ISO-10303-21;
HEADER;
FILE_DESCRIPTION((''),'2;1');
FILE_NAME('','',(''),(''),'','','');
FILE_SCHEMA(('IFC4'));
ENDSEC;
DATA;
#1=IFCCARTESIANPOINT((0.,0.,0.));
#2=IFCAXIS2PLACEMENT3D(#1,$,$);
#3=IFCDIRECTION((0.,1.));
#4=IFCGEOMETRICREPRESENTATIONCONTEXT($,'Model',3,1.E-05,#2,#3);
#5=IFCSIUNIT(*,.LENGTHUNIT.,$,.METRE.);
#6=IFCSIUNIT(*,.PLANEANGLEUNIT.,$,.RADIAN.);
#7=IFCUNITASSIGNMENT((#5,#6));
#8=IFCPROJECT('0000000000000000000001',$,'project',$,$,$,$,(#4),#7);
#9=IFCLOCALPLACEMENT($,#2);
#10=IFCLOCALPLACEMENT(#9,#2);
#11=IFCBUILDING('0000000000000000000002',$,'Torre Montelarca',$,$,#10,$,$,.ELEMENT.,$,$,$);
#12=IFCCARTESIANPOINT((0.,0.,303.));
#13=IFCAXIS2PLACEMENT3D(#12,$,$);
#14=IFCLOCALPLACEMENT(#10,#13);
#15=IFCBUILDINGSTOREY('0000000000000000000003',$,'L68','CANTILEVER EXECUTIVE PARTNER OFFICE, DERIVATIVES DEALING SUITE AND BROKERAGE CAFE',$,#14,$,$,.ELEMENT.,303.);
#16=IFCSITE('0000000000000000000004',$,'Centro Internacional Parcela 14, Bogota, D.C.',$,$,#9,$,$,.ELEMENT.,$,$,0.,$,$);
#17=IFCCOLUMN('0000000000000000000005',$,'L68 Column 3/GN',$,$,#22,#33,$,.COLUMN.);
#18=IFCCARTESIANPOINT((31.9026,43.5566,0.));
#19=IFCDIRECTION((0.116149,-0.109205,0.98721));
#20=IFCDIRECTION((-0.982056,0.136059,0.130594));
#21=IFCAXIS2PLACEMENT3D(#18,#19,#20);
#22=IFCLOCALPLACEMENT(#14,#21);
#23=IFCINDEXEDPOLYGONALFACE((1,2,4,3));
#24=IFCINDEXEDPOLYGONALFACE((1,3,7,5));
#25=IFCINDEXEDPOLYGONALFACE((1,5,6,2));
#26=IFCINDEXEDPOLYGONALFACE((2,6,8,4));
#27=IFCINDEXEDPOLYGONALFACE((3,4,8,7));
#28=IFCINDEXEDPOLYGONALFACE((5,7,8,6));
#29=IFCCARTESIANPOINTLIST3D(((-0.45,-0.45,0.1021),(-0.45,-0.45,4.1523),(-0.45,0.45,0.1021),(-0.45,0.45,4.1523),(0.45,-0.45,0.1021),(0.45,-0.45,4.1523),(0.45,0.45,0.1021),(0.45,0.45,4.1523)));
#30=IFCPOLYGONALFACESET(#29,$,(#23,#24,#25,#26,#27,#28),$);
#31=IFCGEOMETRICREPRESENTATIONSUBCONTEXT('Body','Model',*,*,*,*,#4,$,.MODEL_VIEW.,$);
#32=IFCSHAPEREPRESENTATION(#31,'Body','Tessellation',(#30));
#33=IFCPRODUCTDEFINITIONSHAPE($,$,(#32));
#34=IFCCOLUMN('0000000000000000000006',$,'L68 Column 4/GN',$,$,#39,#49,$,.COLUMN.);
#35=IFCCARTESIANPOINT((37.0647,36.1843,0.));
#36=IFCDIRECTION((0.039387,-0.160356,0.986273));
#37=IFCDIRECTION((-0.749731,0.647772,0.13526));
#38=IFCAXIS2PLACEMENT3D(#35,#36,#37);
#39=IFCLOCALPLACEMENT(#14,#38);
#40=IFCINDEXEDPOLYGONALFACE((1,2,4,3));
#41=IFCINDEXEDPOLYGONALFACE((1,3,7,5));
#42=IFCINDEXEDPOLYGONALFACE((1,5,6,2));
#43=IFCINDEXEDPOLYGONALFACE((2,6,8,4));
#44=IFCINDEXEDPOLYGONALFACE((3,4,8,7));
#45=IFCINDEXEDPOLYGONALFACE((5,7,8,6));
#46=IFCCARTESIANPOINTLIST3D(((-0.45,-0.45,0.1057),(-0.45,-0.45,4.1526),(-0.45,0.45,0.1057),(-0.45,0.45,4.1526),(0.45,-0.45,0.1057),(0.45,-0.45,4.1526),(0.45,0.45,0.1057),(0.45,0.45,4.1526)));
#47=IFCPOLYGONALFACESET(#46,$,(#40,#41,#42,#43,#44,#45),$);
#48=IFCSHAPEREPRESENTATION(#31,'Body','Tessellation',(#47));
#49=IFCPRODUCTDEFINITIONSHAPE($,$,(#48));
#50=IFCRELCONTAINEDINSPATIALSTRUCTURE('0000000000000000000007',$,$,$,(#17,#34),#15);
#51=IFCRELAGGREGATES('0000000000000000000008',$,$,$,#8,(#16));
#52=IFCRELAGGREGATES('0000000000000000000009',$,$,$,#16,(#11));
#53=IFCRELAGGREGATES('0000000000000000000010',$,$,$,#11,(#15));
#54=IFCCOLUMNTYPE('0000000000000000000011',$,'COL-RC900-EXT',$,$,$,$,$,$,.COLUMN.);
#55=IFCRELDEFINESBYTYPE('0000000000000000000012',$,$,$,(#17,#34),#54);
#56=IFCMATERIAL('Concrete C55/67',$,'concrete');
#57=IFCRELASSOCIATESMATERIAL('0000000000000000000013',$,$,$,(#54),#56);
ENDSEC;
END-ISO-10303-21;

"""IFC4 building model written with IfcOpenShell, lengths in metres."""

from ifc_helpers import new_model, si_unit, direction, frame, origin, origin_2d, place, context, subcontext, project, spatial, rectangle, extrude, clip, halfspace, material, material_profile, profile_set, type_object, element, save


model = new_model("IFC4")

# Units and contexts
model_context = context("Model", 3, precision=1e-05, world=origin(), true_north=direction((0.0, 1.0)))
body_context = subcontext(model_context, "Body", "Model", "MODEL_VIEW")
ifc_project = project(units=[si_unit("LENGTHUNIT", "METRE"), si_unit("PLANEANGLEUNIT", "RADIAN")], contexts=[model_context])

# Site, building, storey
site_placement = place(None, origin())
site = spatial("IfcSite", under=ifc_project, at=site_placement, Name="Centro Internacional Parcela 14, Bogota, D.C.", CompositionType="ELEMENT", RefElevation=0.0)
building_placement = place(site_placement, origin())
building = spatial("IfcBuilding", under=site, at=building_placement, Name="Torre Montelarca", CompositionType="ELEMENT")
storey_placement = place(building_placement, frame((0.0, 0.0, 303.0)))
storey = spatial("IfcBuildingStorey", under=building, at=storey_placement, Name="L68", Description="CANTILEVER EXECUTIVE PARTNER OFFICE, DERIVATIVES DEALING SUITE AND BROKERAGE CAFE", CompositionType="ELEMENT", Elevation=303.0)

# Columns
ifc_material_1 = material(Name="Concrete C55/67", Category="concrete")
ifc_material_profile_1 = material_profile(ifc_material_1, rectangle(XDim=0.8999, YDim=0.8999, at=origin_2d()), Name="RC900X900", Category="concrete")
ifc_profile_set_1 = profile_set([ifc_material_profile_1], Name="Concrete C55/67")
column_type_1 = type_object("IfcColumnType", Name="COL-RC900-EXT", PredefinedType="COLUMN", material=ifc_profile_set_1)
column_1_placement = place(storey_placement, frame((31.9026, 43.5566, 0.0), z_axis=(0.116149, -0.109205, 0.98721), x_axis=(-0.982056, 0.136059, 0.130594)))
element("IfcColumn", 1, at=column_1_placement, inside=storey, type_object=column_type_1, Name="L68 Column 3/GN", PredefinedType="COLUMN", context=body_context, shape_type="Clipping", body=[
    clip(clip(extrude(rectangle(XDim=0.8999, YDim=0.8999, at=origin_2d()), origin(), (0.0, 0.0, 1.0), 4.2544), halfspace(frame((0.0, 0.0, 0.1021), z_axis=(0.0, 0.0, -1.0), x_axis=(1.0, 0.0, 0.0)), False)), halfspace(frame((0.0, 0.0, 4.1523), z_axis=(0.0, 0.0, 1.0), x_axis=(1.0, 0.0, 0.0)), False)),
])
column_2_placement = place(storey_placement, frame((37.0647, 36.1843, 0.0), z_axis=(0.039387, -0.160356, 0.986273), x_axis=(-0.749731, 0.647772, 0.13526)))
element("IfcColumn", 2, at=column_2_placement, inside=storey, type_object=column_type_1, Name="L68 Column 4/GN", PredefinedType="COLUMN", context=body_context, shape_type="Clipping", body=[
    clip(clip(extrude(rectangle(XDim=0.8999, YDim=0.8999, at=origin_2d()), origin(), (0.0, 0.0, 1.0), 4.2583), halfspace(frame((0.0, 0.0, 0.1057), z_axis=(0.0, 0.0, -1.0), x_axis=(1.0, 0.0, 0.0)), False)), halfspace(frame((0.0, 0.0, 4.1526), z_axis=(0.0, 0.0, 1.0), x_axis=(1.0, 0.0, 0.0)), False)),
])

save(model, "model.ifc")
